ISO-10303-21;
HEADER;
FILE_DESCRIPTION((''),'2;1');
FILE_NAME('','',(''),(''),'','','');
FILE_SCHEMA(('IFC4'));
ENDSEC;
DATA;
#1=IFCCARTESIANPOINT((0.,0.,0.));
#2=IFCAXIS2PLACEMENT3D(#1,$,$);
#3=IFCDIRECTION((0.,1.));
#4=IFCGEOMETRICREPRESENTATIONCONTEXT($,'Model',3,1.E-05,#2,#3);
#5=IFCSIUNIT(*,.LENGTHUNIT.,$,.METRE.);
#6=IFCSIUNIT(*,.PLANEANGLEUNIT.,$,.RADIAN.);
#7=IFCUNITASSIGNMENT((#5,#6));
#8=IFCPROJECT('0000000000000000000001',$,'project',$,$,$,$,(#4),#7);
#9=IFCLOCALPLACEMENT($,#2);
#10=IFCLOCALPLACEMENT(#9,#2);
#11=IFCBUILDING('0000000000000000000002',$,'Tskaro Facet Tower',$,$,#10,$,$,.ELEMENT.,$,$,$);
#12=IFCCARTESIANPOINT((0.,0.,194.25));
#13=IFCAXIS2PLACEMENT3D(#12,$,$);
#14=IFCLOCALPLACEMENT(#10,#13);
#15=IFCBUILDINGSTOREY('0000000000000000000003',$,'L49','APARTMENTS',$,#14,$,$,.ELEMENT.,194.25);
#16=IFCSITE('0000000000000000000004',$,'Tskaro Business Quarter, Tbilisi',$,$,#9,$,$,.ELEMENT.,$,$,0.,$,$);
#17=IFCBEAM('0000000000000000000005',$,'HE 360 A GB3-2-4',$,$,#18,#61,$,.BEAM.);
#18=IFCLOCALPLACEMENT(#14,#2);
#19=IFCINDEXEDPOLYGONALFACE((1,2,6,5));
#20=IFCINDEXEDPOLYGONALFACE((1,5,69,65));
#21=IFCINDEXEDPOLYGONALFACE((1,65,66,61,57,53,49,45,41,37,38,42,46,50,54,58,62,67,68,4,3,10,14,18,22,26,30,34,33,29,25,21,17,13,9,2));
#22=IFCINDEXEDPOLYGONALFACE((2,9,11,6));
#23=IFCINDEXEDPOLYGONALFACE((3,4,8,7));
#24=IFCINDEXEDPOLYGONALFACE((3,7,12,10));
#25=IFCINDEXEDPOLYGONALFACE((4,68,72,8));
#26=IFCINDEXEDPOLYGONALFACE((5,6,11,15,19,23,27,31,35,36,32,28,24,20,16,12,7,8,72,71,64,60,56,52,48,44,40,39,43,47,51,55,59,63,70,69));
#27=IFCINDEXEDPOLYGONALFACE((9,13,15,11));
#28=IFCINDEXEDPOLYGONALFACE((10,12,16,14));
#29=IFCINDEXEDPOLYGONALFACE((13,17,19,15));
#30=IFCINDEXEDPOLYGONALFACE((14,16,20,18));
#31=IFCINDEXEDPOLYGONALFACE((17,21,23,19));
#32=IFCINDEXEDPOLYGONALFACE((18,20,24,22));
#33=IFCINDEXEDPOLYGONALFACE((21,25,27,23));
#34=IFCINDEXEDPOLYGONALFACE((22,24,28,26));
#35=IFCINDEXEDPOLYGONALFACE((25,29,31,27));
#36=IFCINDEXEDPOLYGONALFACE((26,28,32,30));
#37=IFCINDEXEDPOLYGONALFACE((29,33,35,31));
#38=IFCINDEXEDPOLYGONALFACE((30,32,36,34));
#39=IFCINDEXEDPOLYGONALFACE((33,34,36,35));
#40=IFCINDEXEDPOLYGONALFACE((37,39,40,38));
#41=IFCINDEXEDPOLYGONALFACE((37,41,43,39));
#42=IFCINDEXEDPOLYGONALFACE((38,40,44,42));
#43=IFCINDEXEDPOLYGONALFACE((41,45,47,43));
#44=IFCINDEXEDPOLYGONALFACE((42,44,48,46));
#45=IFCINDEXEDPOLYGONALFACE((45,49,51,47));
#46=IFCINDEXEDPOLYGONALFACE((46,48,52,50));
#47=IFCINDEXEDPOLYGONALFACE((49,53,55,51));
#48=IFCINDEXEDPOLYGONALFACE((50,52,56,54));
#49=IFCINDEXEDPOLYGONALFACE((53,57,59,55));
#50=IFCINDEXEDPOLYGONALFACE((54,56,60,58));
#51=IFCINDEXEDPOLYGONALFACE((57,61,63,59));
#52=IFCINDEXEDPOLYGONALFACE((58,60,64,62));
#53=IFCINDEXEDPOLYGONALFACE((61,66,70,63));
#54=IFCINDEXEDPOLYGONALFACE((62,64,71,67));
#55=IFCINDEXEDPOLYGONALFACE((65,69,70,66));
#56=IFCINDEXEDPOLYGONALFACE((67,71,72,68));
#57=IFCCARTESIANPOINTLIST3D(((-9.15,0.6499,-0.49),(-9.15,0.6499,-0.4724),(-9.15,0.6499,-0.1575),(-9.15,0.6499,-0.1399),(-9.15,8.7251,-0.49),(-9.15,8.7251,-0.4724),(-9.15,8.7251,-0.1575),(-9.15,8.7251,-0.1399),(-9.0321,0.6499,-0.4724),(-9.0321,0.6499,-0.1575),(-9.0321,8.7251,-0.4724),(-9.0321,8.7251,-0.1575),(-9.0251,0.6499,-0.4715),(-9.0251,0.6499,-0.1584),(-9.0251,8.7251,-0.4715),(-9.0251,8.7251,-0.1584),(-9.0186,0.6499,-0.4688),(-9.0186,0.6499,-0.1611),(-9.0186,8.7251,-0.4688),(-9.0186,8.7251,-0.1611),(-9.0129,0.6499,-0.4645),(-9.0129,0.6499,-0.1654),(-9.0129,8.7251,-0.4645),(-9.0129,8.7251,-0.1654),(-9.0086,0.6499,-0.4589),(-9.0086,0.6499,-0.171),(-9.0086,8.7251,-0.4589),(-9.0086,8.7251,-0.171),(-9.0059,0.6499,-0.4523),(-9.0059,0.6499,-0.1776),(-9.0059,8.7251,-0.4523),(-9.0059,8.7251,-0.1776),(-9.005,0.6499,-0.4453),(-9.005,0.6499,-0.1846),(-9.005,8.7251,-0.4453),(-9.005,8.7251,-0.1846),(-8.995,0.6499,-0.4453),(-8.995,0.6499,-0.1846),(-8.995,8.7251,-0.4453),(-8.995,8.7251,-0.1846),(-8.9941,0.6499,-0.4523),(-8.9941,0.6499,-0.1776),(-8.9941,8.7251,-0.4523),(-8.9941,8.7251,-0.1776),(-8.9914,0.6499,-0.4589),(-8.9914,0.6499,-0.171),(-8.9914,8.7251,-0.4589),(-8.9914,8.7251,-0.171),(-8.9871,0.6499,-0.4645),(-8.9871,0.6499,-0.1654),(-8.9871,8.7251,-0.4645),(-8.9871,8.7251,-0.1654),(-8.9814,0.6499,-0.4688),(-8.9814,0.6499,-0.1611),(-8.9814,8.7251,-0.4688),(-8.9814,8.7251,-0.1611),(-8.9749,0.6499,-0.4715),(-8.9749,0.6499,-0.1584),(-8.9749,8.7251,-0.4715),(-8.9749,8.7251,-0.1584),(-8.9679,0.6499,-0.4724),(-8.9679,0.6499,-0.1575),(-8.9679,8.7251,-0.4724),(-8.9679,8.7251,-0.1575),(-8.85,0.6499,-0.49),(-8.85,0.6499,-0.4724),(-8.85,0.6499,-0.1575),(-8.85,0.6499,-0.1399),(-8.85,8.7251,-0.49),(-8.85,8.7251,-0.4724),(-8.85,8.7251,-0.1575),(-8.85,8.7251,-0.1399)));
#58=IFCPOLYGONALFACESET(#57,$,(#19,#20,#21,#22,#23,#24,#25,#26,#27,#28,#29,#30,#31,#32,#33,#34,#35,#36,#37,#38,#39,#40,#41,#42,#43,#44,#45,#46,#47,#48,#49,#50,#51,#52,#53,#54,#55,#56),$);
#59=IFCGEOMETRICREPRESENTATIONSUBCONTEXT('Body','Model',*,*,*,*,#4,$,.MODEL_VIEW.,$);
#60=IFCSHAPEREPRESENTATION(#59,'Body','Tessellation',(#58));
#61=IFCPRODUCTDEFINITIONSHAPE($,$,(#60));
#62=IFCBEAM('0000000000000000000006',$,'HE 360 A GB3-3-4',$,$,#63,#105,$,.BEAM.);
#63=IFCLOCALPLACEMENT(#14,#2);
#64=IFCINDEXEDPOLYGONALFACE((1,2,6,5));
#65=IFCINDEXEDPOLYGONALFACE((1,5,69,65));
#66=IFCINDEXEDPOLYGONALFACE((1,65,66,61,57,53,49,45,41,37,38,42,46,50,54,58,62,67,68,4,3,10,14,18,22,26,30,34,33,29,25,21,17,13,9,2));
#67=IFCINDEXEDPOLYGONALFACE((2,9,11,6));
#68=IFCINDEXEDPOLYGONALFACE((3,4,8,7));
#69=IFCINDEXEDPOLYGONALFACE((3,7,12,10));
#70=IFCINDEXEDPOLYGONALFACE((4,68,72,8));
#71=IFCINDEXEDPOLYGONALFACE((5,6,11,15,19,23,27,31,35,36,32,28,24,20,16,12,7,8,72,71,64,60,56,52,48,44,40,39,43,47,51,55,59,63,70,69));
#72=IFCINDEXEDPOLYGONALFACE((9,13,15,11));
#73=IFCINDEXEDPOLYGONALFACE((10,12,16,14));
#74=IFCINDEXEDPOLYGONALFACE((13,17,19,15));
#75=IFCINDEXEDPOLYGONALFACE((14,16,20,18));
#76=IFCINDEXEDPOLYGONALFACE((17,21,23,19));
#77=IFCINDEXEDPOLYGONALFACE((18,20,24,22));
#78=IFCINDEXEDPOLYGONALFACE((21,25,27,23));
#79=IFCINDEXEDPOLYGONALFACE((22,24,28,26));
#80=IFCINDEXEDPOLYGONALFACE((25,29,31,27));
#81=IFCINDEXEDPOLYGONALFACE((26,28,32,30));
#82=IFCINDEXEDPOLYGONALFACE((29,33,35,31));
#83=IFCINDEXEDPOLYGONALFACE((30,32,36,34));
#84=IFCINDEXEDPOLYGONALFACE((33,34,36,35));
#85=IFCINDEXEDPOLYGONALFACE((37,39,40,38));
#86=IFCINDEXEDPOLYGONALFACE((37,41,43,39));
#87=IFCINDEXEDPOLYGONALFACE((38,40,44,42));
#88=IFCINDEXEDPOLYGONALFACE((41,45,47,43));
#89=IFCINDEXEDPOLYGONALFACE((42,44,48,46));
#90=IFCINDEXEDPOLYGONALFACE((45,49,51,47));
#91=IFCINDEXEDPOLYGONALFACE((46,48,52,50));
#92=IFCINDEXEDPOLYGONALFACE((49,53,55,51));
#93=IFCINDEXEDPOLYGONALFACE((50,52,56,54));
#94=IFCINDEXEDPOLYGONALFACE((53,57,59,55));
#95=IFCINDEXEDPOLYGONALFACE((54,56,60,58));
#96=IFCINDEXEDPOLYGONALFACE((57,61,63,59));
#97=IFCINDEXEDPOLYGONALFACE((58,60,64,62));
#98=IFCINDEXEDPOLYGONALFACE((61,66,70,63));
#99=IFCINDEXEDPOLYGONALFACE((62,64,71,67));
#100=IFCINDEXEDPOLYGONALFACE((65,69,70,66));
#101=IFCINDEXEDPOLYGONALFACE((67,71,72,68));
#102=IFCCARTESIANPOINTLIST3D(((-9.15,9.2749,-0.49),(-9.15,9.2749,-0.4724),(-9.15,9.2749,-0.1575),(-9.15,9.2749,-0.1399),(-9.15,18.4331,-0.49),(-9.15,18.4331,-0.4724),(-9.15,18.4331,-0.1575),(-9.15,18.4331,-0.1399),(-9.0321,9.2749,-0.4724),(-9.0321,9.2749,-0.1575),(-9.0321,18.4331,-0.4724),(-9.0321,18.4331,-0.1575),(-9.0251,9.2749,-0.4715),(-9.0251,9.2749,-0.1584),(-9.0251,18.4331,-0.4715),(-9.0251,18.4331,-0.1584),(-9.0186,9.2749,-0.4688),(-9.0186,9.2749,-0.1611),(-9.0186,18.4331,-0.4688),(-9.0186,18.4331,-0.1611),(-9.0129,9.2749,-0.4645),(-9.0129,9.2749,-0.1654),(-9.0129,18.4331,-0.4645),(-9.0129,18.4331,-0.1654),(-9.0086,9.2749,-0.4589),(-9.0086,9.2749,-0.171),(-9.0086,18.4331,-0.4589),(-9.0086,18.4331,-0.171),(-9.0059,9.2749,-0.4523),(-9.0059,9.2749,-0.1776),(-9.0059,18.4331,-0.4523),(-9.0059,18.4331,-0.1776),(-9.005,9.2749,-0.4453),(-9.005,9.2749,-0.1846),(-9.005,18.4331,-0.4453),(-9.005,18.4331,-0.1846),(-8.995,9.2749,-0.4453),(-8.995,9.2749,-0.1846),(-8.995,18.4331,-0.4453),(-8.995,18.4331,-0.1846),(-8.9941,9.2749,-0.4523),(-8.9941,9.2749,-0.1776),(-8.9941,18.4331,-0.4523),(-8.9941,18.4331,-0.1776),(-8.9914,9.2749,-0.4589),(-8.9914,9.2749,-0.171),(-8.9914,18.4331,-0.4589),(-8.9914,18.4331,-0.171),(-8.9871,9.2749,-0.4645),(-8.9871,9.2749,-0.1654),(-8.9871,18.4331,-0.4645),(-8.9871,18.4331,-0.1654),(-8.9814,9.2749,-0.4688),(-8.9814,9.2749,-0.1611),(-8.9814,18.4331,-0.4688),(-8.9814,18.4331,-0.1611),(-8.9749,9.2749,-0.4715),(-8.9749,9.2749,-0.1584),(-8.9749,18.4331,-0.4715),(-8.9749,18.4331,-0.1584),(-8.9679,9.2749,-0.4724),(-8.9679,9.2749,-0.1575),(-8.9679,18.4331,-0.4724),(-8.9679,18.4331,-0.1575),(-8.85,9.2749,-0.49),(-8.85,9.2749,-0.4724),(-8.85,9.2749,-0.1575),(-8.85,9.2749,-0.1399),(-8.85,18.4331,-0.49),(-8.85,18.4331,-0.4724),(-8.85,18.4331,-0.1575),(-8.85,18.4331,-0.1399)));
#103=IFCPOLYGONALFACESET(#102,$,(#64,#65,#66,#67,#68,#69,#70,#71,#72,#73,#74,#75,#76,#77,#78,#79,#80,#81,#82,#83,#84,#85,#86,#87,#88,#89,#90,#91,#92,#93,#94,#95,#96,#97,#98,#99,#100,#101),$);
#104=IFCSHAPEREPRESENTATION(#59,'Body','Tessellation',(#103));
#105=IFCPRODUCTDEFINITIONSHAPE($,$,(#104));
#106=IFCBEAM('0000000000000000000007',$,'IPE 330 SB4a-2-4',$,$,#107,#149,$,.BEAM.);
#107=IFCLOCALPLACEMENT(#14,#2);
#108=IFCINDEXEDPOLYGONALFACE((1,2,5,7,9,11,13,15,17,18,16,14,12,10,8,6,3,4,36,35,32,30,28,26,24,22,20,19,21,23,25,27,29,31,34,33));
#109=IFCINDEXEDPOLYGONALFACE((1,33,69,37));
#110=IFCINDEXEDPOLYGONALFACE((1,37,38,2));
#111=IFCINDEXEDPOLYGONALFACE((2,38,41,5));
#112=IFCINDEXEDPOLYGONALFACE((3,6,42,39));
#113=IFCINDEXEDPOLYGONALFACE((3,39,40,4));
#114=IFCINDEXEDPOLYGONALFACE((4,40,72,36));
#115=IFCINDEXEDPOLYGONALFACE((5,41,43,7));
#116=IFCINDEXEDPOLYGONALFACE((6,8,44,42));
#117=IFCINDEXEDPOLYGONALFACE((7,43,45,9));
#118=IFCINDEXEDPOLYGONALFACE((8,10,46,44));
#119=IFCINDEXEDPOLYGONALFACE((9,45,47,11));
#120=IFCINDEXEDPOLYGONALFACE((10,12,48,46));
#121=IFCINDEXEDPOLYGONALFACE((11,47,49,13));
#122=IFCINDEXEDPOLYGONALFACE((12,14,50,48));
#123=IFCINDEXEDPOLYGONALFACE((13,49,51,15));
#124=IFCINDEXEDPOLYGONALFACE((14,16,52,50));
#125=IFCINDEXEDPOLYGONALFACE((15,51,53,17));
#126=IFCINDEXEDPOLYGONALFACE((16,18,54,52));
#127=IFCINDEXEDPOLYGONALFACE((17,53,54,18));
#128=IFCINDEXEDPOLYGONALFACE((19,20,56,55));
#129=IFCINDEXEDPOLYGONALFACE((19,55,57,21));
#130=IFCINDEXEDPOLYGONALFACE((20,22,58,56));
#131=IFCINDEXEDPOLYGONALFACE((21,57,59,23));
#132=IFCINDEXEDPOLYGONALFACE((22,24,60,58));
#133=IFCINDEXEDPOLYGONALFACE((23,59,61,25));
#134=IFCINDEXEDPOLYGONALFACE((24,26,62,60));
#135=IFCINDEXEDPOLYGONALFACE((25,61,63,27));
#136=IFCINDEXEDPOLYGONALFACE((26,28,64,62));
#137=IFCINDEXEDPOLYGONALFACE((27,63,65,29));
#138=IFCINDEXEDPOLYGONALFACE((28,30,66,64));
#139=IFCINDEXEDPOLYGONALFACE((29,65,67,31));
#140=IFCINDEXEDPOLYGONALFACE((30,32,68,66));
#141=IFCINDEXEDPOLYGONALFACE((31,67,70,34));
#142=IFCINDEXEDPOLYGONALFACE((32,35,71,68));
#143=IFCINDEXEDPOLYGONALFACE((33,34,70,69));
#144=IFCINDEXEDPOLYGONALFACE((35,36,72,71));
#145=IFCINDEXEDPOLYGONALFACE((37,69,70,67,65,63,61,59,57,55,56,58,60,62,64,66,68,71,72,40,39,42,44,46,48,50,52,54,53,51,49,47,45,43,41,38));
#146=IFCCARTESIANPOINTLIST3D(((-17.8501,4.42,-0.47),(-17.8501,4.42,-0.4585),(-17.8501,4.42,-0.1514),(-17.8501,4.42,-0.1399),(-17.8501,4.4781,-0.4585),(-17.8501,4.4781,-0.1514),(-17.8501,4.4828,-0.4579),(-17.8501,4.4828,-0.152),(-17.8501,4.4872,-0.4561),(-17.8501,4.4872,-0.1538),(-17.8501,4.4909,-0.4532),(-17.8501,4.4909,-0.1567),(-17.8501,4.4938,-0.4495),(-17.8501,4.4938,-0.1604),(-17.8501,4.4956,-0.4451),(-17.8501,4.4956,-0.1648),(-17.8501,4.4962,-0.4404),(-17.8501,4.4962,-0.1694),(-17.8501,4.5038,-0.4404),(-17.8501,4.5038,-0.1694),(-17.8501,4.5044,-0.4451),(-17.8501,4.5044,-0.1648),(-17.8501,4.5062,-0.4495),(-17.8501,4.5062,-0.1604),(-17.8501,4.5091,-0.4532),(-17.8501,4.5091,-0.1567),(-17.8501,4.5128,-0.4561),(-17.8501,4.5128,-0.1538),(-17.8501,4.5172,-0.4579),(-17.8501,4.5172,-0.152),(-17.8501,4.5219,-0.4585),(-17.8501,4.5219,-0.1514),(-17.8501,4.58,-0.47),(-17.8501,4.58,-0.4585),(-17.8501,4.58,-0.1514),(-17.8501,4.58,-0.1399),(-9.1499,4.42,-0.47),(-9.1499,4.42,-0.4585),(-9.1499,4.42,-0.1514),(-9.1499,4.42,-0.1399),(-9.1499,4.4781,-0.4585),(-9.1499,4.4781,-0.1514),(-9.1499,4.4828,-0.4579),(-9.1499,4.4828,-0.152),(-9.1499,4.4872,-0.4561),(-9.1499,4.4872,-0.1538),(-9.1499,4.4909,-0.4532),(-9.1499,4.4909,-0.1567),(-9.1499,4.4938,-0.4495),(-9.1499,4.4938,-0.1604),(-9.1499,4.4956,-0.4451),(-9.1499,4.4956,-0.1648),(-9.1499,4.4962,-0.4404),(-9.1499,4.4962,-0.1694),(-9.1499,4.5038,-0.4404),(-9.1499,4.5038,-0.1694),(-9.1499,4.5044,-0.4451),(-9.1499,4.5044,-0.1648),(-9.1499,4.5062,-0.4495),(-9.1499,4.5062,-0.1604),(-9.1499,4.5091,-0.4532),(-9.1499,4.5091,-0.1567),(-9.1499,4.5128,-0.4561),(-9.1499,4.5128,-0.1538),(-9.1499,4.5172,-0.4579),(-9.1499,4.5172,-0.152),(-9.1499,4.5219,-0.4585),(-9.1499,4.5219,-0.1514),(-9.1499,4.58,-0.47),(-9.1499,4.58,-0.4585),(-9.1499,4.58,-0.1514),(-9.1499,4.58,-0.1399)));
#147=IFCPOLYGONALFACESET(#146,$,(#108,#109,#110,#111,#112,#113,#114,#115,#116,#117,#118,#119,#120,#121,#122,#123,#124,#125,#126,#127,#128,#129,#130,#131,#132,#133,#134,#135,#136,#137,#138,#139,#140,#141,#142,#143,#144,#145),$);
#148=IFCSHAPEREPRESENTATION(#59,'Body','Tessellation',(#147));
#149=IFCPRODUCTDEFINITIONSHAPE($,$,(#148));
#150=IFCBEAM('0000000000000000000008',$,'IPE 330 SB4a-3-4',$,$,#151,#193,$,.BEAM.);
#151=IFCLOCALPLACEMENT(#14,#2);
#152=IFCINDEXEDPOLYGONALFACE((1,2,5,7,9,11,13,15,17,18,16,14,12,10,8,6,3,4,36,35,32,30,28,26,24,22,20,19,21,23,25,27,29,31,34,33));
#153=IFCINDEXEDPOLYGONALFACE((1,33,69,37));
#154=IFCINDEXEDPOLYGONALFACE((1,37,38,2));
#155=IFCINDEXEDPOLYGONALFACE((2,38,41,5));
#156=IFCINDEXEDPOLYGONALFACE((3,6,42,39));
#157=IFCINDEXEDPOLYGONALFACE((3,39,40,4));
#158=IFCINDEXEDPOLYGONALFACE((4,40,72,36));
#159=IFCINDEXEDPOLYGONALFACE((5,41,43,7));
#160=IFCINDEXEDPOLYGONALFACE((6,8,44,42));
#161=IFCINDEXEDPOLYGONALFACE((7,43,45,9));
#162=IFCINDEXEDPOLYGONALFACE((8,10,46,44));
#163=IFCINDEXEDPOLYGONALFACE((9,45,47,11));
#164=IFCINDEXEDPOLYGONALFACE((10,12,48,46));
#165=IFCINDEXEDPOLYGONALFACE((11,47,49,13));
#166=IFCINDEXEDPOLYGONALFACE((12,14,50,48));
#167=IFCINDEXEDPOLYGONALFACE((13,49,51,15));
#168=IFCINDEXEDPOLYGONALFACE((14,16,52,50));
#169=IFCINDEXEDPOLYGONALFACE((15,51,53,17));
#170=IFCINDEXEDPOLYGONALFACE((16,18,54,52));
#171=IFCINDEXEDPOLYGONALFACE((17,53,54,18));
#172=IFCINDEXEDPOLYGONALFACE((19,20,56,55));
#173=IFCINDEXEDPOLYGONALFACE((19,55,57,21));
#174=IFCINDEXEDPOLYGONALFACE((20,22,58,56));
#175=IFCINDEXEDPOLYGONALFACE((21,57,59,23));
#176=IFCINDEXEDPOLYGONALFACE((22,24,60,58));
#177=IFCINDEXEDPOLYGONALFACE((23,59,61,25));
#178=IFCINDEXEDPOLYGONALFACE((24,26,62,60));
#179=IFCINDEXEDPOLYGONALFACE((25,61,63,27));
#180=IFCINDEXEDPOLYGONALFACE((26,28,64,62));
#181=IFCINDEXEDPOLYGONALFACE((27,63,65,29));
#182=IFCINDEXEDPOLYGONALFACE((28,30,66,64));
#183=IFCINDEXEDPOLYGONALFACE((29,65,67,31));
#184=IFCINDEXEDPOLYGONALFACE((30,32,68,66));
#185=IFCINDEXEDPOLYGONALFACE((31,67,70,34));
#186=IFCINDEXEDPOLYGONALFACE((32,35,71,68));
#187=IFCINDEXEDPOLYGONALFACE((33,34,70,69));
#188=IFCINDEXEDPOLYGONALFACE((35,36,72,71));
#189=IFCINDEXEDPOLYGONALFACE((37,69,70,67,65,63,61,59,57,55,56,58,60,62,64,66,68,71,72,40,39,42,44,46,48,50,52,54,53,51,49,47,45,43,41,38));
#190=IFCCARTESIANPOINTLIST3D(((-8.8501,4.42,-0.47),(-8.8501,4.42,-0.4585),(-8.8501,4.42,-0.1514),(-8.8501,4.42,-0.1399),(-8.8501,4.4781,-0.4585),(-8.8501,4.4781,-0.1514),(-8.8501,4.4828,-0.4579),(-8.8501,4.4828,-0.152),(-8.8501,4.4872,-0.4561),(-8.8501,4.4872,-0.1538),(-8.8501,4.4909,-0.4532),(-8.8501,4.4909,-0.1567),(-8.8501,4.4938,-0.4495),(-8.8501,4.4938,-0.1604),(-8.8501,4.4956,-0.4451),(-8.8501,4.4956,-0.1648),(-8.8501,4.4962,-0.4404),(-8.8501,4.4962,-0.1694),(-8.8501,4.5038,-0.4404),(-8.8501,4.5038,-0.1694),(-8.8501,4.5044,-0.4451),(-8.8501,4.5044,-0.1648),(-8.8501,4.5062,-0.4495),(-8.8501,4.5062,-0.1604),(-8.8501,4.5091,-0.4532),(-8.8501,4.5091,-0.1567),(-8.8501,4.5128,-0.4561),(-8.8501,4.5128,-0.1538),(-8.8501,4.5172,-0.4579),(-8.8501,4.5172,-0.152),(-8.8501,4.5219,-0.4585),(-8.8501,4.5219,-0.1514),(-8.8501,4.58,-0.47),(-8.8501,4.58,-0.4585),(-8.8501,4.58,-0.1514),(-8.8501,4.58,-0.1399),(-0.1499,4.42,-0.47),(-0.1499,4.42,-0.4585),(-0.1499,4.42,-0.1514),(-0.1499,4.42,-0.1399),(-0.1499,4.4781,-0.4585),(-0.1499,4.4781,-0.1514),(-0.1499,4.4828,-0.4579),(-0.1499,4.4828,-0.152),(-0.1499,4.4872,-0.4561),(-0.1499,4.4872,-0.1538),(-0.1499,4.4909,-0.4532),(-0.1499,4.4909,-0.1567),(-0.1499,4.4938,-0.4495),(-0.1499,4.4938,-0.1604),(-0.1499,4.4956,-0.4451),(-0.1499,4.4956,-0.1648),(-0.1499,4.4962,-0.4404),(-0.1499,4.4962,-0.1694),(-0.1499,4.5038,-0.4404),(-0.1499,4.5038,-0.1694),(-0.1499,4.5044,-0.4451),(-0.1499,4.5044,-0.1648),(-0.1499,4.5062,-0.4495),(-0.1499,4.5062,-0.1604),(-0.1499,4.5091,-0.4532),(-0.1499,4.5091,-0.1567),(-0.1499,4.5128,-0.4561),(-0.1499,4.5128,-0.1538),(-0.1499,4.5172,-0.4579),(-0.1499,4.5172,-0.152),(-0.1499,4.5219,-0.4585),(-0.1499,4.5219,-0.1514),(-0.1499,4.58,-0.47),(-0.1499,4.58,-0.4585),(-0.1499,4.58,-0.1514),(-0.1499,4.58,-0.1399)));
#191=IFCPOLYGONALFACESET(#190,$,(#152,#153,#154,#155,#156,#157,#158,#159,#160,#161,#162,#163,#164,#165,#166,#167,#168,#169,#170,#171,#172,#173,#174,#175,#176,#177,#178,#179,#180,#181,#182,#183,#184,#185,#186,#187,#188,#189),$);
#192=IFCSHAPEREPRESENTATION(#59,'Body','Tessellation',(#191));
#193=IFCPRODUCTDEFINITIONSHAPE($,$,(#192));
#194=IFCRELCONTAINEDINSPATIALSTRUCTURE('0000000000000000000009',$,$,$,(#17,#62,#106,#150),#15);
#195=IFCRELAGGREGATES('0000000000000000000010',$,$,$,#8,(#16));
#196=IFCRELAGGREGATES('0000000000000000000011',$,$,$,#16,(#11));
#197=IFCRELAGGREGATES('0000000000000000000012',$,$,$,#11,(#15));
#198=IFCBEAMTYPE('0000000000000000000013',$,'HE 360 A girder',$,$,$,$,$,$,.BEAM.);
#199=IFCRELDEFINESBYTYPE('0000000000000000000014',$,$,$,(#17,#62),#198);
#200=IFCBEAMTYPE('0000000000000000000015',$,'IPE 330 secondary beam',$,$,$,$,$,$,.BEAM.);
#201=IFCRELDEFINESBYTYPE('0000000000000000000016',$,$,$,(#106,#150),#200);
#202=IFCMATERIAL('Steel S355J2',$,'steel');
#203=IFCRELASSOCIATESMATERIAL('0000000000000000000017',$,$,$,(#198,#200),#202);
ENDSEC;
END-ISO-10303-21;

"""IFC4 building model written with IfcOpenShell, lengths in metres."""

from ifc_helpers import new_model, si_unit, direction, frame, origin, origin_2d, place, context, subcontext, project, spatial, i_section, extrude, material, material_profile, profile_set, type_object, element, save


model = new_model("IFC4")

# Units and contexts
model_context = context("Model", 3, precision=1e-05, world=origin(), true_north=direction((0.0, 1.0)))
body_context = subcontext(model_context, "Body", "Model", "MODEL_VIEW")
ifc_project = project(units=[si_unit("LENGTHUNIT", "METRE"), si_unit("PLANEANGLEUNIT", "RADIAN")], contexts=[model_context])

# Site, building, storey
site_placement = place(None, origin())
site = spatial("IfcSite", under=ifc_project, at=site_placement, Name="Tskaro Business Quarter, Tbilisi", CompositionType="ELEMENT", RefElevation=0.0)
building_placement = place(site_placement, origin())
building = spatial("IfcBuilding", under=site, at=building_placement, Name="Tskaro Facet Tower", CompositionType="ELEMENT")
storey_placement = place(building_placement, frame((0.0, 0.0, 194.25)))
storey = spatial("IfcBuildingStorey", under=building, at=storey_placement, Name="L49", Description="APARTMENTS", CompositionType="ELEMENT", Elevation=194.25)

# Beams
ifc_material_1 = material(Name="Steel S355J2", Category="steel")
ifc_material_profile_1 = material_profile(ifc_material_1, i_section(OverallWidth=0.3, OverallDepth=0.3501, WebThickness=0.01, FlangeThickness=0.0176, FilletRadius=0.0271, at=origin_2d()), Name="HE 360 A")
ifc_profile_set_1 = profile_set([ifc_material_profile_1], Name="Steel S355J2")
beam_type_1 = type_object("IfcBeamType", Name="HE 360 A girder", PredefinedType="BEAM", material=ifc_profile_set_1)
beam_1_placement = place(storey_placement, frame((-9.0, 0.6499, -0.3149), z_axis=(0.0, 1.0, 0.0), x_axis=(-1.0, 0.0, 0.0)))
element("IfcBeam", 1, at=beam_1_placement, inside=storey, type_object=beam_type_1, Name="HE 360 A GB3-2-4", PredefinedType="BEAM", context=body_context, shape_type="SweptSolid", body=[
    extrude(i_section(OverallWidth=0.3, OverallDepth=0.3501, WebThickness=0.01, FlangeThickness=0.0176, FilletRadius=0.0271, at=origin_2d()), origin(), (0.0, 0.0, 1.0), 8.0752),
])
beam_2_placement = place(storey_placement, frame((-9.0, 9.2749, -0.3149), z_axis=(0.0, 1.0, 0.0), x_axis=(-1.0, 0.0, 0.0)))
element("IfcBeam", 2, at=beam_2_placement, inside=storey, type_object=beam_type_1, Name="HE 360 A GB3-3-4", PredefinedType="BEAM", context=body_context, shape_type="SweptSolid", body=[
    extrude(i_section(OverallWidth=0.3, OverallDepth=0.3501, WebThickness=0.01, FlangeThickness=0.0176, FilletRadius=0.0271, at=origin_2d()), origin(), (0.0, 0.0, 1.0), 9.1582),
])
ifc_material_profile_2 = material_profile(ifc_material_1, i_section(OverallWidth=0.1599, OverallDepth=0.3301, WebThickness=0.0076, FlangeThickness=0.0115, FilletRadius=0.0181, at=origin_2d()), Name="IPE 330")
ifc_profile_set_2 = profile_set([ifc_material_profile_2], Name="Steel S355J2")
beam_type_2 = type_object("IfcBeamType", Name="IPE 330 secondary beam", PredefinedType="BEAM", material=ifc_profile_set_2)
for number, where, z_axis, x_axis, name in (
    (3, (-17.8501, 4.5, -0.3049), (1.0, 0.0, 0.0), (0.0, 1.0, 0.0), "IPE 330 SB4a-2-4"),
    (4, (-8.8501, 4.5, -0.3049), (1.0, 0.0, 0.0), (0.0, 1.0, 0.0), "IPE 330 SB4a-3-4"),
):
    element("IfcBeam", number, at=place(storey_placement, frame(where, z_axis=z_axis, x_axis=x_axis)), inside=storey, type_object=beam_type_2, Name=name, PredefinedType="BEAM", context=body_context, shape_type="SweptSolid", body=[
        extrude(i_section(OverallWidth=0.1599, OverallDepth=0.3301, WebThickness=0.0076, FlangeThickness=0.0115, FilletRadius=0.0181, at=origin_2d()), origin(), (0.0, 0.0, 1.0), 8.7002),
    ])

save(model, "model.ifc")
